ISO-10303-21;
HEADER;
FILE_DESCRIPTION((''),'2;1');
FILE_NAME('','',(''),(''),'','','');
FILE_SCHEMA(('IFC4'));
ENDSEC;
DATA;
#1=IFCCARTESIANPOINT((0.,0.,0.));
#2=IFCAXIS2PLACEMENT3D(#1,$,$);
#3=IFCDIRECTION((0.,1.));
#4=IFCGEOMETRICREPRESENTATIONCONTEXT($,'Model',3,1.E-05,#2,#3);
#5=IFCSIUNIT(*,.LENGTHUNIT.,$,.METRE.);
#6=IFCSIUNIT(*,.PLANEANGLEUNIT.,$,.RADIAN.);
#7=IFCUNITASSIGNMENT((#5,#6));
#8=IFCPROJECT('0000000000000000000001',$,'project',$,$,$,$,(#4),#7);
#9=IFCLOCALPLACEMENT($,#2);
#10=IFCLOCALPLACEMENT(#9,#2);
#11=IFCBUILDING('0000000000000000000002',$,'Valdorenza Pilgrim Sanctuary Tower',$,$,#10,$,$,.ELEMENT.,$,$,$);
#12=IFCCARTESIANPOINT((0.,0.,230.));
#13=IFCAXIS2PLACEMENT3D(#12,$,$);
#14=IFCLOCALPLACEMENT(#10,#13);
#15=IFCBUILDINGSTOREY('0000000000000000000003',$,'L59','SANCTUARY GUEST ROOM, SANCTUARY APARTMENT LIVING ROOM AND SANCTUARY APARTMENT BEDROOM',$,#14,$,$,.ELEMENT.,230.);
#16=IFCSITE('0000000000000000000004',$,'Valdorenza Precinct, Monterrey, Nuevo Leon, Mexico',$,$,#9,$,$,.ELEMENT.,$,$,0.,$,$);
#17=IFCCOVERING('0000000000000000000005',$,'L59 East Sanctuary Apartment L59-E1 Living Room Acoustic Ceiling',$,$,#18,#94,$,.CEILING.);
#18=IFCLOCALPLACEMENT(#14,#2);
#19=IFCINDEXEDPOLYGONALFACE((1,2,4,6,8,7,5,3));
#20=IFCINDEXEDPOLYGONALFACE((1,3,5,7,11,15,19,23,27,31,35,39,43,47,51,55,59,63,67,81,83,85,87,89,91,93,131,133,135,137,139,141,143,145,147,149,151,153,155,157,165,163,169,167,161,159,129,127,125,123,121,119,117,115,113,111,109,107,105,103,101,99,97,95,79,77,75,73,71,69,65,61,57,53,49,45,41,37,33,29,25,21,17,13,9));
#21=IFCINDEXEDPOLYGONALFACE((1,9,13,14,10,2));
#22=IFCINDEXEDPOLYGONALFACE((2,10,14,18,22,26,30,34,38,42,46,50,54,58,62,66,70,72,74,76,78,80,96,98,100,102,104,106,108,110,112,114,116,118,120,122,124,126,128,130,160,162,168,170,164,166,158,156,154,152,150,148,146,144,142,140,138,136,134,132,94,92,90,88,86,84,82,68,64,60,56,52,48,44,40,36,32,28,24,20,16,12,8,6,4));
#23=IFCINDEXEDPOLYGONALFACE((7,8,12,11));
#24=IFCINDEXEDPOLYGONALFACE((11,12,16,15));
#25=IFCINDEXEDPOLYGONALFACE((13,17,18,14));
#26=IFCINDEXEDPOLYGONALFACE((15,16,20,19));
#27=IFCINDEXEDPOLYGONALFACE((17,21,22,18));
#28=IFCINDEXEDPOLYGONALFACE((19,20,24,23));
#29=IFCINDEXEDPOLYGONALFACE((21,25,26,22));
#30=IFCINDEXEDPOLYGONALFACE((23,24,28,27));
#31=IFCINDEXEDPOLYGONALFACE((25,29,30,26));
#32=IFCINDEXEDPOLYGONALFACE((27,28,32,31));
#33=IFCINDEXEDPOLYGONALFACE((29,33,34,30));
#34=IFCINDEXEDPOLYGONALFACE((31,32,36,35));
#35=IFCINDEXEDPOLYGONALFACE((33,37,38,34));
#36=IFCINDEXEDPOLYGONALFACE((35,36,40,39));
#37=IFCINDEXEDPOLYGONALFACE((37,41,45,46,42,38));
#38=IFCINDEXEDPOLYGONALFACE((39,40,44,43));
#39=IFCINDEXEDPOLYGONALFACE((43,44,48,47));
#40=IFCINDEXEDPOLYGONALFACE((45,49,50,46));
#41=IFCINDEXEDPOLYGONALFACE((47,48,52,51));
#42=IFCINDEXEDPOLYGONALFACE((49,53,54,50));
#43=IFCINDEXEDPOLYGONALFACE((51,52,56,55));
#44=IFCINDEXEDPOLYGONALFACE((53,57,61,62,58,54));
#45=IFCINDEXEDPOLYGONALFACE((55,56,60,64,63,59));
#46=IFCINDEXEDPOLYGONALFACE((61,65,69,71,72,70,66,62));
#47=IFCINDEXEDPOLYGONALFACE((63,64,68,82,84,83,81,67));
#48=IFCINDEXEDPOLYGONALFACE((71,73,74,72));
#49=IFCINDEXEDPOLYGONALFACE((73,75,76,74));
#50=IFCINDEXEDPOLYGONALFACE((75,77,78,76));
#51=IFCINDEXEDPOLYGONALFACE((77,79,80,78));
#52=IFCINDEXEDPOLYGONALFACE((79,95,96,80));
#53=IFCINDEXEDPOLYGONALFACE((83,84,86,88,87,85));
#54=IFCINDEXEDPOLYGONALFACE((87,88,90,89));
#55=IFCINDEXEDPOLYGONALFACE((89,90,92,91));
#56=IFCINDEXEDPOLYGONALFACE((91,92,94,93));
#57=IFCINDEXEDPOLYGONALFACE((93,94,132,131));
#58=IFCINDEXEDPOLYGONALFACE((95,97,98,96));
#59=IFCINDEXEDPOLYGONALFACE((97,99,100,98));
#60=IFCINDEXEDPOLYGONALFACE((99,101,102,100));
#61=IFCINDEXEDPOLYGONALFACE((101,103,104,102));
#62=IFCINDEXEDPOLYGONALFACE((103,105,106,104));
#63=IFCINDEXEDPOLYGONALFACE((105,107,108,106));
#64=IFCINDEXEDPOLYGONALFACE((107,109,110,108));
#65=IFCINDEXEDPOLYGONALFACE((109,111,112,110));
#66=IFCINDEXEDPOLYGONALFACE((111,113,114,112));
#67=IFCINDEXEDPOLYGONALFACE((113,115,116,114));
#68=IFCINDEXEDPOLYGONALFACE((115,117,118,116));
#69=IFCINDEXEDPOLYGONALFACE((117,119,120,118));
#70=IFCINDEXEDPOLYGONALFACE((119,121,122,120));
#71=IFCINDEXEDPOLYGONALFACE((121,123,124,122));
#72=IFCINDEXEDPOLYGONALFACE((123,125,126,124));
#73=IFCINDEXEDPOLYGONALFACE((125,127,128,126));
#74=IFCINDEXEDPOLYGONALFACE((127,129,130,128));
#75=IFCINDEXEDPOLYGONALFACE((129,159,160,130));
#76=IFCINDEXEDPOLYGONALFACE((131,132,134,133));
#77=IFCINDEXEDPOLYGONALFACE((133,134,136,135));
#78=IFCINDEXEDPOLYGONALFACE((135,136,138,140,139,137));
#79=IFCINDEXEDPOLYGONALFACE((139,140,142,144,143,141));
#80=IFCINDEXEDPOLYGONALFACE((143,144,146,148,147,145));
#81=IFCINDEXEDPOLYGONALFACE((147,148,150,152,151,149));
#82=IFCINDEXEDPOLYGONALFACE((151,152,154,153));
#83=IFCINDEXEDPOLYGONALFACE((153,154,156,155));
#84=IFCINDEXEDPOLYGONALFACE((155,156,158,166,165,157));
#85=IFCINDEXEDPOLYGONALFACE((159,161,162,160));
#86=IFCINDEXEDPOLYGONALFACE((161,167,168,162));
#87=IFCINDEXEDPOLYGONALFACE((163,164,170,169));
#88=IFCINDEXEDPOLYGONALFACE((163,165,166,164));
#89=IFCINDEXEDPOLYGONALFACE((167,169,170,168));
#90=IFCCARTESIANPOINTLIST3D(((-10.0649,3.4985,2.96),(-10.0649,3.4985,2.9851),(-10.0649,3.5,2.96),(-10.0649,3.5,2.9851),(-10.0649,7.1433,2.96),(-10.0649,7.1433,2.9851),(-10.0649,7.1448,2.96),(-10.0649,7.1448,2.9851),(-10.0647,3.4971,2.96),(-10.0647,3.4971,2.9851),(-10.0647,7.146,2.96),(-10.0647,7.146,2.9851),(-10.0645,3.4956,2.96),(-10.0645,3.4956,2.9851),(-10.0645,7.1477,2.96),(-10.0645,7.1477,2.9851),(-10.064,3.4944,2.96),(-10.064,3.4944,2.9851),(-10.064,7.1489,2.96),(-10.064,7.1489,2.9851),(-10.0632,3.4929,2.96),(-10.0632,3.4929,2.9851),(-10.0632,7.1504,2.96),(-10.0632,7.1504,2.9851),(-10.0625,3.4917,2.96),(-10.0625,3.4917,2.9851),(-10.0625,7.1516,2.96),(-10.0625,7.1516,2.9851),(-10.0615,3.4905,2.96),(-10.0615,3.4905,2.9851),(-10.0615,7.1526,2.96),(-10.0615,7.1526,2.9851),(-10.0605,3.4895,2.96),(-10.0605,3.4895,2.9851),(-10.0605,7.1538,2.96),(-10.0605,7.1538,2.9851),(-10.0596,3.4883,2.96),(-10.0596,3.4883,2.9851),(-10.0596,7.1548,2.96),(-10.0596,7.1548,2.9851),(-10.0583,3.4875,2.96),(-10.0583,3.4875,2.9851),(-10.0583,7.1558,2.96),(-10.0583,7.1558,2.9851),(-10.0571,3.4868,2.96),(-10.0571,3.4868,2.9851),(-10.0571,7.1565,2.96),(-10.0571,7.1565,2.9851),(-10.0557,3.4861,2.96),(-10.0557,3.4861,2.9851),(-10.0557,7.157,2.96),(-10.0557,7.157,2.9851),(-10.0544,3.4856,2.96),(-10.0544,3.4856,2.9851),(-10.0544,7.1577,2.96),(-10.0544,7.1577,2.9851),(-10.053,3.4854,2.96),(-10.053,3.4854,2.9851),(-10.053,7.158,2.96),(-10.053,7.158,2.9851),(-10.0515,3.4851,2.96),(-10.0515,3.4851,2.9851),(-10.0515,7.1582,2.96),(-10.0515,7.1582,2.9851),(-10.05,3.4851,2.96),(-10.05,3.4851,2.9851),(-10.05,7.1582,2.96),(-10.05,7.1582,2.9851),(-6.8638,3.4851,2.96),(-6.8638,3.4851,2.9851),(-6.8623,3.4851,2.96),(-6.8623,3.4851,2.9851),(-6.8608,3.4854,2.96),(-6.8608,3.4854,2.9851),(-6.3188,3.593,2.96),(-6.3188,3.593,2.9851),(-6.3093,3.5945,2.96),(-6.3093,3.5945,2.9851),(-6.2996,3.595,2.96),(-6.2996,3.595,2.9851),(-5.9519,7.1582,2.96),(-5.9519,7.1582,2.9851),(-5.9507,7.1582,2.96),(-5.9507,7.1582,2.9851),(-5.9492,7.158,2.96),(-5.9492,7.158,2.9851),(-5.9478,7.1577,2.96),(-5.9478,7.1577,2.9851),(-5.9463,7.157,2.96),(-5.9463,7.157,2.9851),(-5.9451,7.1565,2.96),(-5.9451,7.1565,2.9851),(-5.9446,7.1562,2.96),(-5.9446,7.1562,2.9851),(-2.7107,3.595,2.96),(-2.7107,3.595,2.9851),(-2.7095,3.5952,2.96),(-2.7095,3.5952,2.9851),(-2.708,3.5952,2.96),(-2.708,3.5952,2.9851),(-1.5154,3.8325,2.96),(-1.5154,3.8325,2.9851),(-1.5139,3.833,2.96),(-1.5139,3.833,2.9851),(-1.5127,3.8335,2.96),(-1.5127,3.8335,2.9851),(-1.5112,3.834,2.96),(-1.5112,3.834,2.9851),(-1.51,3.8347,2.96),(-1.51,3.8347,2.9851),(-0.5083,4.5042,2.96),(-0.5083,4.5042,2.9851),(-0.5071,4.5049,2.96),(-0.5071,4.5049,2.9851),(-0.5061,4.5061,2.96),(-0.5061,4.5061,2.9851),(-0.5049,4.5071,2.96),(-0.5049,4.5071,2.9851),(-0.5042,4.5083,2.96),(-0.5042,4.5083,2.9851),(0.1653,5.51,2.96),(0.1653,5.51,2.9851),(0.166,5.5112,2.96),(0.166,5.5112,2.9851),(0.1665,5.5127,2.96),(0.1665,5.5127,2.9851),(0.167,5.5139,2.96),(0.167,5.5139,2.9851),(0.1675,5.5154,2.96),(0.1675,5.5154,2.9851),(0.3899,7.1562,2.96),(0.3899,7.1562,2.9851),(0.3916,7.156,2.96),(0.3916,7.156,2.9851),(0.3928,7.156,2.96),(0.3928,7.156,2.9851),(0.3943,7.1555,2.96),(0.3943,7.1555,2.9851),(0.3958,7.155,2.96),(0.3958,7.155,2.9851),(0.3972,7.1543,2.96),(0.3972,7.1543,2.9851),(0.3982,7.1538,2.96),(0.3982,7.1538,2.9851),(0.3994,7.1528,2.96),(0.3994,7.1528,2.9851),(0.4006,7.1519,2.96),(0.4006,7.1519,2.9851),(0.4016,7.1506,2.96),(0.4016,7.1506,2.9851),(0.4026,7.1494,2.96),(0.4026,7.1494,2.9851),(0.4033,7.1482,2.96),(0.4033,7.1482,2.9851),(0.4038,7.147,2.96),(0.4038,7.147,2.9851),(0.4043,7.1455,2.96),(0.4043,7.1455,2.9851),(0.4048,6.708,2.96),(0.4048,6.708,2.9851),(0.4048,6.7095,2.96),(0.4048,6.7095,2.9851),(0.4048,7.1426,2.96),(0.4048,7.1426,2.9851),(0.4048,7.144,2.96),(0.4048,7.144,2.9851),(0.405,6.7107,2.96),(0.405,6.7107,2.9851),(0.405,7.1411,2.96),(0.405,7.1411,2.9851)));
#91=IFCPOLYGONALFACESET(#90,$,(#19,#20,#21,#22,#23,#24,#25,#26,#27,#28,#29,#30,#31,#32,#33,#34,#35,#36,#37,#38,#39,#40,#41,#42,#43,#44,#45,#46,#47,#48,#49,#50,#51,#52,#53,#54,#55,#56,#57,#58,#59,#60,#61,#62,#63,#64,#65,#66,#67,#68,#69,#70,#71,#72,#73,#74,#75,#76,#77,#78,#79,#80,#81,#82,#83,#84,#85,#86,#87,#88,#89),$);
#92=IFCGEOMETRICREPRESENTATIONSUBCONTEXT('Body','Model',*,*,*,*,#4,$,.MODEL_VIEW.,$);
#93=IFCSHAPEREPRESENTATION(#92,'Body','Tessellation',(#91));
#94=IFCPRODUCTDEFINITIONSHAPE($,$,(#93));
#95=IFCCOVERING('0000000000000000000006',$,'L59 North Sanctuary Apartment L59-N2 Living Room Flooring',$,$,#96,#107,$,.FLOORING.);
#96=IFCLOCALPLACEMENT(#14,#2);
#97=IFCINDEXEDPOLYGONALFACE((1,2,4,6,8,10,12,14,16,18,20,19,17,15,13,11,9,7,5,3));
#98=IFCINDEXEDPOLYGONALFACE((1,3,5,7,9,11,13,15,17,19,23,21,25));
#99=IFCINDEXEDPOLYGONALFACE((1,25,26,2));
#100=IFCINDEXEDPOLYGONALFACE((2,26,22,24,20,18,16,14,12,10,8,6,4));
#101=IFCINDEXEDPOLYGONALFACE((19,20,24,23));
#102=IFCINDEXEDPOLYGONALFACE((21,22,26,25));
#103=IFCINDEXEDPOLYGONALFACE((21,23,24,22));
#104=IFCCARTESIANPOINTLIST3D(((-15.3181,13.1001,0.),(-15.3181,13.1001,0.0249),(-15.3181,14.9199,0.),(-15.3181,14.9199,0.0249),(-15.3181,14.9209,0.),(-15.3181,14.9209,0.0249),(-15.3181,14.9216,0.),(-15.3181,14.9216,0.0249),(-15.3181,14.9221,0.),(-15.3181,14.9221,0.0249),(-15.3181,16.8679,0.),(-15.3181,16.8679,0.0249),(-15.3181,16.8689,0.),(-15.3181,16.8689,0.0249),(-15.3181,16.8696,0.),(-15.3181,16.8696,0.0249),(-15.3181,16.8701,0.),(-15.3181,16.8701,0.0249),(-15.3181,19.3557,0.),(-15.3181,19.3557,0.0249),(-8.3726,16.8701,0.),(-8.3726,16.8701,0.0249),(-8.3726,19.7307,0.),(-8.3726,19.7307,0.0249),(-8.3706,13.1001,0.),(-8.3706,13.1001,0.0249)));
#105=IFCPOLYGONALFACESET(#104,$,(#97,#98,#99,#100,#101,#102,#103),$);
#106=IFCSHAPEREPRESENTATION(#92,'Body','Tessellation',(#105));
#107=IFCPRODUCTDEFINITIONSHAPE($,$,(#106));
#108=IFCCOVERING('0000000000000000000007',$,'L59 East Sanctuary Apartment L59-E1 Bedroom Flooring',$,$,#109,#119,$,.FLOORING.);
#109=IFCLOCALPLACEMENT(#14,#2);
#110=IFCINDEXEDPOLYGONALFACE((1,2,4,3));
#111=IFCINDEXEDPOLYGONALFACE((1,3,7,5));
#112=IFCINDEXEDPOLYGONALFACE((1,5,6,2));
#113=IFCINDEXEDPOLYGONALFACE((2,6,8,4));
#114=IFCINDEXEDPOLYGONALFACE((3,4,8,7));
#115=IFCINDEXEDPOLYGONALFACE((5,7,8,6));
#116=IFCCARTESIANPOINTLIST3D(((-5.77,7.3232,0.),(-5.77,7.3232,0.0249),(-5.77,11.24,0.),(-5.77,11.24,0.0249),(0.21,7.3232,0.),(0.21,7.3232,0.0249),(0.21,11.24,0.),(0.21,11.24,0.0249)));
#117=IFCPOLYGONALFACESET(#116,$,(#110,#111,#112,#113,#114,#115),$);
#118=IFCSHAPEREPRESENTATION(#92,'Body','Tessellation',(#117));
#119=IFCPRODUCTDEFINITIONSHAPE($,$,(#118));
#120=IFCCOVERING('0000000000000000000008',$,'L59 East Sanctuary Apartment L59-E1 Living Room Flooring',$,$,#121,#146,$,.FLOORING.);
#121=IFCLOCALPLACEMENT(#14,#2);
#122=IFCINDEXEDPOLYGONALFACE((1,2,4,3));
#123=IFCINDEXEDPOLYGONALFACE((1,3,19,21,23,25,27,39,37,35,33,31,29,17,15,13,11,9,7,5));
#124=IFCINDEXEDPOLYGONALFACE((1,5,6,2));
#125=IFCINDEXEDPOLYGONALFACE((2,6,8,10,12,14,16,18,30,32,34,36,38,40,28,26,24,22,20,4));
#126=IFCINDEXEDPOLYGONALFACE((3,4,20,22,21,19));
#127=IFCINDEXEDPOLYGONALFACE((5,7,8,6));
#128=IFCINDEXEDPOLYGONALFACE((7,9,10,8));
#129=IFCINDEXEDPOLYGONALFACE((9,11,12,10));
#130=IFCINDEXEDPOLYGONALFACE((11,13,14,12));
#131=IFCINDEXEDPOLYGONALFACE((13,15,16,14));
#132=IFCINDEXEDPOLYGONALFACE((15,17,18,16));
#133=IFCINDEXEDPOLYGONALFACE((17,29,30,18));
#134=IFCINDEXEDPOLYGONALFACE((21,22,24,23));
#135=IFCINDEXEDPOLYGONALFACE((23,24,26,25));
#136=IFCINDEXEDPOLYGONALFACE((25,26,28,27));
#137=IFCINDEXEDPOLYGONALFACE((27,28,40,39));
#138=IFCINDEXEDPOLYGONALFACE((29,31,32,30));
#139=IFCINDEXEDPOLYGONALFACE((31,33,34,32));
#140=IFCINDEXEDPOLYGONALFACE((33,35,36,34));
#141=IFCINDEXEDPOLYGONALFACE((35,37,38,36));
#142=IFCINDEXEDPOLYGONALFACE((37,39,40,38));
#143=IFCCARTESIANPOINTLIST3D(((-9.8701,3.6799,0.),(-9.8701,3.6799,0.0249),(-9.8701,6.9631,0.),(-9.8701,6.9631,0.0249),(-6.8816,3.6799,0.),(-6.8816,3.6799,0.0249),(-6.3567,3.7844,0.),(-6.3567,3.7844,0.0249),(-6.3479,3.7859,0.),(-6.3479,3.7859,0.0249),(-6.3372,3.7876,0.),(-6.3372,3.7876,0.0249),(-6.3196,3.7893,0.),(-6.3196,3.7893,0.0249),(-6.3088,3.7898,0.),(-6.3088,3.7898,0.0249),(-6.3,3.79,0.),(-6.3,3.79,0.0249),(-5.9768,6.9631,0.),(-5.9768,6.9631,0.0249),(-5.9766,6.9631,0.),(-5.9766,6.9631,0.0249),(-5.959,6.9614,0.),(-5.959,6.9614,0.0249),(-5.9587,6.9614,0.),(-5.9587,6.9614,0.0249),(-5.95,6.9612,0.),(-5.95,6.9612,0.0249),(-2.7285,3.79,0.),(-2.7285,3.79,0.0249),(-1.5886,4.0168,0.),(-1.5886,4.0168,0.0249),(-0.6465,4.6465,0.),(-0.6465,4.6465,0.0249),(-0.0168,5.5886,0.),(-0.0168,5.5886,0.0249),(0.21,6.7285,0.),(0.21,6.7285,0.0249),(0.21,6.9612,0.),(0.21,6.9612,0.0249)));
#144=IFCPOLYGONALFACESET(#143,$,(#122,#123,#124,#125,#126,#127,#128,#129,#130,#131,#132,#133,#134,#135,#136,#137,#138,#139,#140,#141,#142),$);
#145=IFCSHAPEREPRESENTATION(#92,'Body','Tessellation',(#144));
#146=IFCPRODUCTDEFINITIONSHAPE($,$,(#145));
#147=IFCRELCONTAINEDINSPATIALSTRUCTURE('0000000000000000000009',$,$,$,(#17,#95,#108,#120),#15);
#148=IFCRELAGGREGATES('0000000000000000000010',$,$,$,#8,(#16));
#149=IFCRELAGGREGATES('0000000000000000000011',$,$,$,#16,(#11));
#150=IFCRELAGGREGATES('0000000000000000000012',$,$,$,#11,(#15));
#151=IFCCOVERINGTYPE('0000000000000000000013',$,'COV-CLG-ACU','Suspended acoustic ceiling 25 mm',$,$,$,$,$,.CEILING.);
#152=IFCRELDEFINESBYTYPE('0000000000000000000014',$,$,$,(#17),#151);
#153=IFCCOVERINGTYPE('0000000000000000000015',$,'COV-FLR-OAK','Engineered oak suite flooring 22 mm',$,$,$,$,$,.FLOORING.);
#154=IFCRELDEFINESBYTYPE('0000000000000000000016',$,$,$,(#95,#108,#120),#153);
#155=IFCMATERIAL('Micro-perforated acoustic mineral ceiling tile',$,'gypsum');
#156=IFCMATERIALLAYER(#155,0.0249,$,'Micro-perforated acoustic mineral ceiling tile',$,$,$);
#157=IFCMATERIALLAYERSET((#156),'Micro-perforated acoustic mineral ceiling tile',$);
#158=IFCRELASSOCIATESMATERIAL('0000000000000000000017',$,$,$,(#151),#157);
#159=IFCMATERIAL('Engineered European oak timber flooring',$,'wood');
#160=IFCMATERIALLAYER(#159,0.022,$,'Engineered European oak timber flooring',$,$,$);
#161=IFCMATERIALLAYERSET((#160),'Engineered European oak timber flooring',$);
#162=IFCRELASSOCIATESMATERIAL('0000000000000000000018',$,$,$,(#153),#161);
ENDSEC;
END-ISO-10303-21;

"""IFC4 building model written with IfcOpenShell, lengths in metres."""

from ifc_helpers import new_model, si_unit, direction, frame, origin, place, context, subcontext, project, spatial, polyline, outline, extrude, material, layer, layer_set, type_object, element, save


model = new_model("IFC4")

# Units and contexts
model_context = context("Model", 3, precision=1e-05, world=origin(), true_north=direction((0.0, 1.0)))
body_context = subcontext(model_context, "Body", "Model", "MODEL_VIEW")
ifc_project = project(units=[si_unit("LENGTHUNIT", "METRE"), si_unit("PLANEANGLEUNIT", "RADIAN")], contexts=[model_context])

# Site, building, storey
site_placement = place(None, origin())
site = spatial("IfcSite", under=ifc_project, at=site_placement, Name="Valdorenza Precinct, Monterrey, Nuevo Leon, Mexico", CompositionType="ELEMENT", RefElevation=0.0)
building_placement = place(site_placement, origin())
building = spatial("IfcBuilding", under=site, at=building_placement, Name="Valdorenza Pilgrim Sanctuary Tower", CompositionType="ELEMENT")
storey_placement = place(building_placement, frame((0.0, 0.0, 230.0)))
storey = spatial("IfcBuildingStorey", under=building, at=storey_placement, Name="L59", Description="SANCTUARY GUEST ROOM, SANCTUARY APARTMENT LIVING ROOM AND SANCTUARY APARTMENT BEDROOM", CompositionType="ELEMENT", Elevation=230.0)

# Coverings
ifc_material_1 = material(Name="Micro-perforated acoustic mineral ceiling tile", Category="gypsum")
ifc_layer_1 = layer(ifc_material_1, 0.0249, Name="Micro-perforated acoustic mineral ceiling tile")
ifc_layer_set_1 = layer_set([ifc_layer_1], Name="Micro-perforated acoustic mineral ceiling tile")
covering_type_1 = type_object("IfcCoveringType", Name="COV-CLG-ACU", Description="Suspended acoustic ceiling 25 mm", PredefinedType="CEILING", material=ifc_layer_set_1)
covering_1_placement = place(storey_placement, frame((0.0, 0.0, 2.96)))
element("IfcCovering", 1, at=covering_1_placement, inside=storey, type_object=covering_type_1, Name="L59 East Sanctuary Apartment L59-E1 Living Room Acoustic Ceiling", PredefinedType="CEILING", context=body_context, shape_type="SweptSolid", body=[
    extrude(outline(polyline([(-10.0649, 7.1433), (-10.0649, 7.1448), (-10.0647, 7.146), (-10.0645, 7.1477), (-10.064, 7.1489), (-10.0632, 7.1504), (-10.0625, 7.1516), (-10.0615, 7.1526), (-10.0605, 7.1538), (-10.0596, 7.1548), (-10.0583, 7.1558), (-10.0571, 7.1565), (-10.0557, 7.157), (-10.0544, 7.1577), (-10.053, 7.158), (-10.0515, 7.1582), (-10.05, 7.1582), (-5.9519, 7.1582), (-5.9507, 7.1582), (-5.9492, 7.158), (-5.9478, 7.1577), (-5.9463, 7.157), (-5.9451, 7.1565), (-5.9446, 7.1562), (0.3899, 7.1562), (0.3916, 7.156), (0.3928, 7.156), (0.3943, 7.1555), (0.3958, 7.155), (0.3972, 7.1543), (0.3982, 7.1538), (0.3994, 7.1528), (0.4006, 7.1519), (0.4016, 7.1506), (0.4026, 7.1494), (0.4033, 7.1482), (0.4038, 7.147), (0.4043, 7.1455), (0.4048, 7.144), (0.4048, 7.1426), (0.405, 7.1411), (0.405, 6.7107), (0.4048, 6.7095), (0.4048, 6.708), (0.1675, 5.5154), (0.167, 5.5139), (0.1665, 5.5127), (0.166, 5.5112), (0.1653, 5.51), (-0.5042, 4.5083), (-0.5049, 4.5071), (-0.5061, 4.5061), (-0.5071, 4.5049), (-0.5083, 4.5042), (-1.51, 3.8347), (-1.5112, 3.834), (-1.5127, 3.8335), (-1.5139, 3.833), (-1.5154, 3.8325), (-2.708, 3.5952), (-2.7095, 3.5952), (-2.7107, 3.595), (-6.2996, 3.595), (-6.3093, 3.5945), (-6.3188, 3.593), (-6.8608, 3.4854), (-6.8623, 3.4851), (-6.8638, 3.4851), (-10.05, 3.4851), (-10.0515, 3.4851), (-10.053, 3.4854), (-10.0544, 3.4856), (-10.0557, 3.4861), (-10.0571, 3.4868), (-10.0583, 3.4875), (-10.0596, 3.4883), (-10.0605, 3.4895), (-10.0615, 3.4905), (-10.0625, 3.4917), (-10.0632, 3.4929), (-10.064, 3.4944), (-10.0645, 3.4956), (-10.0647, 3.4971), (-10.0649, 3.4985), (-10.0649, 3.5), (-10.0649, 7.1433)])), origin(), (0.0, 0.0, 1.0), 0.0251),
])
ifc_material_2 = material(Name="Engineered European oak timber flooring", Category="wood")
ifc_layer_2 = layer(ifc_material_2, 0.022, Name="Engineered European oak timber flooring")
ifc_layer_set_2 = layer_set([ifc_layer_2], Name="Engineered European oak timber flooring")
covering_type_2 = type_object("IfcCoveringType", Name="COV-FLR-OAK", Description="Engineered oak suite flooring 22 mm", PredefinedType="FLOORING", material=ifc_layer_set_2)
covering_2_placement = place(storey_placement, origin())
element("IfcCovering", 2, at=covering_2_placement, inside=storey, type_object=covering_type_2, Name="L59 North Sanctuary Apartment L59-N2 Living Room Flooring", PredefinedType="FLOORING", context=body_context, shape_type="SweptSolid", body=[
    extrude(outline(polyline([(-15.3181, 14.9216), (-15.3181, 14.9221), (-15.3181, 16.8679), (-15.3181, 16.8689), (-15.3181, 16.8696), (-15.3181, 16.8701), (-15.3181, 19.3557), (-8.3726, 19.7307), (-8.3726, 16.8701), (-8.3706, 13.1001), (-15.3181, 13.1001), (-15.3181, 14.9199), (-15.3181, 14.9209), (-15.3181, 14.9216)])), origin(), (0.0, 0.0, 1.0), 0.0249),
])
covering_3_placement = place(storey_placement, origin())
element("IfcCovering", 3, at=covering_3_placement, inside=storey, type_object=covering_type_2, Name="L59 East Sanctuary Apartment L59-E1 Bedroom Flooring", PredefinedType="FLOORING", context=body_context, shape_type="SweptSolid", body=[
    extrude(outline(polyline([(-5.77, 11.24), (0.21, 11.24), (0.21, 7.3232), (-5.77, 7.3232), (-5.77, 11.24)])), origin(), (0.0, 0.0, 1.0), 0.0249),
])
covering_4_placement = place(storey_placement, origin())
element("IfcCovering", 4, at=covering_4_placement, inside=storey, type_object=covering_type_2, Name="L59 East Sanctuary Apartment L59-E1 Living Room Flooring", PredefinedType="FLOORING", context=body_context, shape_type="SweptSolid", body=[
    extrude(outline(polyline([(-9.8701, 6.9631), (-5.9768, 6.9631), (-5.9768, 6.9631), (-5.9766, 6.9631), (-5.959, 6.9614), (-5.9587, 6.9614), (-5.95, 6.9612), (0.21, 6.9612), (0.21, 6.7285), (-0.0168, 5.5886), (-0.6465, 4.6465), (-1.5886, 4.0168), (-2.7285, 3.79), (-6.3, 3.79), (-6.3088, 3.7898), (-6.3196, 3.7893), (-6.3372, 3.7876), (-6.3479, 3.7859), (-6.3567, 3.7844), (-6.8816, 3.6799), (-9.8701, 3.6799), (-9.8701, 6.9631)])), origin(), (0.0, 0.0, 1.0), 0.0249),
])

save(model, "model.ifc")
